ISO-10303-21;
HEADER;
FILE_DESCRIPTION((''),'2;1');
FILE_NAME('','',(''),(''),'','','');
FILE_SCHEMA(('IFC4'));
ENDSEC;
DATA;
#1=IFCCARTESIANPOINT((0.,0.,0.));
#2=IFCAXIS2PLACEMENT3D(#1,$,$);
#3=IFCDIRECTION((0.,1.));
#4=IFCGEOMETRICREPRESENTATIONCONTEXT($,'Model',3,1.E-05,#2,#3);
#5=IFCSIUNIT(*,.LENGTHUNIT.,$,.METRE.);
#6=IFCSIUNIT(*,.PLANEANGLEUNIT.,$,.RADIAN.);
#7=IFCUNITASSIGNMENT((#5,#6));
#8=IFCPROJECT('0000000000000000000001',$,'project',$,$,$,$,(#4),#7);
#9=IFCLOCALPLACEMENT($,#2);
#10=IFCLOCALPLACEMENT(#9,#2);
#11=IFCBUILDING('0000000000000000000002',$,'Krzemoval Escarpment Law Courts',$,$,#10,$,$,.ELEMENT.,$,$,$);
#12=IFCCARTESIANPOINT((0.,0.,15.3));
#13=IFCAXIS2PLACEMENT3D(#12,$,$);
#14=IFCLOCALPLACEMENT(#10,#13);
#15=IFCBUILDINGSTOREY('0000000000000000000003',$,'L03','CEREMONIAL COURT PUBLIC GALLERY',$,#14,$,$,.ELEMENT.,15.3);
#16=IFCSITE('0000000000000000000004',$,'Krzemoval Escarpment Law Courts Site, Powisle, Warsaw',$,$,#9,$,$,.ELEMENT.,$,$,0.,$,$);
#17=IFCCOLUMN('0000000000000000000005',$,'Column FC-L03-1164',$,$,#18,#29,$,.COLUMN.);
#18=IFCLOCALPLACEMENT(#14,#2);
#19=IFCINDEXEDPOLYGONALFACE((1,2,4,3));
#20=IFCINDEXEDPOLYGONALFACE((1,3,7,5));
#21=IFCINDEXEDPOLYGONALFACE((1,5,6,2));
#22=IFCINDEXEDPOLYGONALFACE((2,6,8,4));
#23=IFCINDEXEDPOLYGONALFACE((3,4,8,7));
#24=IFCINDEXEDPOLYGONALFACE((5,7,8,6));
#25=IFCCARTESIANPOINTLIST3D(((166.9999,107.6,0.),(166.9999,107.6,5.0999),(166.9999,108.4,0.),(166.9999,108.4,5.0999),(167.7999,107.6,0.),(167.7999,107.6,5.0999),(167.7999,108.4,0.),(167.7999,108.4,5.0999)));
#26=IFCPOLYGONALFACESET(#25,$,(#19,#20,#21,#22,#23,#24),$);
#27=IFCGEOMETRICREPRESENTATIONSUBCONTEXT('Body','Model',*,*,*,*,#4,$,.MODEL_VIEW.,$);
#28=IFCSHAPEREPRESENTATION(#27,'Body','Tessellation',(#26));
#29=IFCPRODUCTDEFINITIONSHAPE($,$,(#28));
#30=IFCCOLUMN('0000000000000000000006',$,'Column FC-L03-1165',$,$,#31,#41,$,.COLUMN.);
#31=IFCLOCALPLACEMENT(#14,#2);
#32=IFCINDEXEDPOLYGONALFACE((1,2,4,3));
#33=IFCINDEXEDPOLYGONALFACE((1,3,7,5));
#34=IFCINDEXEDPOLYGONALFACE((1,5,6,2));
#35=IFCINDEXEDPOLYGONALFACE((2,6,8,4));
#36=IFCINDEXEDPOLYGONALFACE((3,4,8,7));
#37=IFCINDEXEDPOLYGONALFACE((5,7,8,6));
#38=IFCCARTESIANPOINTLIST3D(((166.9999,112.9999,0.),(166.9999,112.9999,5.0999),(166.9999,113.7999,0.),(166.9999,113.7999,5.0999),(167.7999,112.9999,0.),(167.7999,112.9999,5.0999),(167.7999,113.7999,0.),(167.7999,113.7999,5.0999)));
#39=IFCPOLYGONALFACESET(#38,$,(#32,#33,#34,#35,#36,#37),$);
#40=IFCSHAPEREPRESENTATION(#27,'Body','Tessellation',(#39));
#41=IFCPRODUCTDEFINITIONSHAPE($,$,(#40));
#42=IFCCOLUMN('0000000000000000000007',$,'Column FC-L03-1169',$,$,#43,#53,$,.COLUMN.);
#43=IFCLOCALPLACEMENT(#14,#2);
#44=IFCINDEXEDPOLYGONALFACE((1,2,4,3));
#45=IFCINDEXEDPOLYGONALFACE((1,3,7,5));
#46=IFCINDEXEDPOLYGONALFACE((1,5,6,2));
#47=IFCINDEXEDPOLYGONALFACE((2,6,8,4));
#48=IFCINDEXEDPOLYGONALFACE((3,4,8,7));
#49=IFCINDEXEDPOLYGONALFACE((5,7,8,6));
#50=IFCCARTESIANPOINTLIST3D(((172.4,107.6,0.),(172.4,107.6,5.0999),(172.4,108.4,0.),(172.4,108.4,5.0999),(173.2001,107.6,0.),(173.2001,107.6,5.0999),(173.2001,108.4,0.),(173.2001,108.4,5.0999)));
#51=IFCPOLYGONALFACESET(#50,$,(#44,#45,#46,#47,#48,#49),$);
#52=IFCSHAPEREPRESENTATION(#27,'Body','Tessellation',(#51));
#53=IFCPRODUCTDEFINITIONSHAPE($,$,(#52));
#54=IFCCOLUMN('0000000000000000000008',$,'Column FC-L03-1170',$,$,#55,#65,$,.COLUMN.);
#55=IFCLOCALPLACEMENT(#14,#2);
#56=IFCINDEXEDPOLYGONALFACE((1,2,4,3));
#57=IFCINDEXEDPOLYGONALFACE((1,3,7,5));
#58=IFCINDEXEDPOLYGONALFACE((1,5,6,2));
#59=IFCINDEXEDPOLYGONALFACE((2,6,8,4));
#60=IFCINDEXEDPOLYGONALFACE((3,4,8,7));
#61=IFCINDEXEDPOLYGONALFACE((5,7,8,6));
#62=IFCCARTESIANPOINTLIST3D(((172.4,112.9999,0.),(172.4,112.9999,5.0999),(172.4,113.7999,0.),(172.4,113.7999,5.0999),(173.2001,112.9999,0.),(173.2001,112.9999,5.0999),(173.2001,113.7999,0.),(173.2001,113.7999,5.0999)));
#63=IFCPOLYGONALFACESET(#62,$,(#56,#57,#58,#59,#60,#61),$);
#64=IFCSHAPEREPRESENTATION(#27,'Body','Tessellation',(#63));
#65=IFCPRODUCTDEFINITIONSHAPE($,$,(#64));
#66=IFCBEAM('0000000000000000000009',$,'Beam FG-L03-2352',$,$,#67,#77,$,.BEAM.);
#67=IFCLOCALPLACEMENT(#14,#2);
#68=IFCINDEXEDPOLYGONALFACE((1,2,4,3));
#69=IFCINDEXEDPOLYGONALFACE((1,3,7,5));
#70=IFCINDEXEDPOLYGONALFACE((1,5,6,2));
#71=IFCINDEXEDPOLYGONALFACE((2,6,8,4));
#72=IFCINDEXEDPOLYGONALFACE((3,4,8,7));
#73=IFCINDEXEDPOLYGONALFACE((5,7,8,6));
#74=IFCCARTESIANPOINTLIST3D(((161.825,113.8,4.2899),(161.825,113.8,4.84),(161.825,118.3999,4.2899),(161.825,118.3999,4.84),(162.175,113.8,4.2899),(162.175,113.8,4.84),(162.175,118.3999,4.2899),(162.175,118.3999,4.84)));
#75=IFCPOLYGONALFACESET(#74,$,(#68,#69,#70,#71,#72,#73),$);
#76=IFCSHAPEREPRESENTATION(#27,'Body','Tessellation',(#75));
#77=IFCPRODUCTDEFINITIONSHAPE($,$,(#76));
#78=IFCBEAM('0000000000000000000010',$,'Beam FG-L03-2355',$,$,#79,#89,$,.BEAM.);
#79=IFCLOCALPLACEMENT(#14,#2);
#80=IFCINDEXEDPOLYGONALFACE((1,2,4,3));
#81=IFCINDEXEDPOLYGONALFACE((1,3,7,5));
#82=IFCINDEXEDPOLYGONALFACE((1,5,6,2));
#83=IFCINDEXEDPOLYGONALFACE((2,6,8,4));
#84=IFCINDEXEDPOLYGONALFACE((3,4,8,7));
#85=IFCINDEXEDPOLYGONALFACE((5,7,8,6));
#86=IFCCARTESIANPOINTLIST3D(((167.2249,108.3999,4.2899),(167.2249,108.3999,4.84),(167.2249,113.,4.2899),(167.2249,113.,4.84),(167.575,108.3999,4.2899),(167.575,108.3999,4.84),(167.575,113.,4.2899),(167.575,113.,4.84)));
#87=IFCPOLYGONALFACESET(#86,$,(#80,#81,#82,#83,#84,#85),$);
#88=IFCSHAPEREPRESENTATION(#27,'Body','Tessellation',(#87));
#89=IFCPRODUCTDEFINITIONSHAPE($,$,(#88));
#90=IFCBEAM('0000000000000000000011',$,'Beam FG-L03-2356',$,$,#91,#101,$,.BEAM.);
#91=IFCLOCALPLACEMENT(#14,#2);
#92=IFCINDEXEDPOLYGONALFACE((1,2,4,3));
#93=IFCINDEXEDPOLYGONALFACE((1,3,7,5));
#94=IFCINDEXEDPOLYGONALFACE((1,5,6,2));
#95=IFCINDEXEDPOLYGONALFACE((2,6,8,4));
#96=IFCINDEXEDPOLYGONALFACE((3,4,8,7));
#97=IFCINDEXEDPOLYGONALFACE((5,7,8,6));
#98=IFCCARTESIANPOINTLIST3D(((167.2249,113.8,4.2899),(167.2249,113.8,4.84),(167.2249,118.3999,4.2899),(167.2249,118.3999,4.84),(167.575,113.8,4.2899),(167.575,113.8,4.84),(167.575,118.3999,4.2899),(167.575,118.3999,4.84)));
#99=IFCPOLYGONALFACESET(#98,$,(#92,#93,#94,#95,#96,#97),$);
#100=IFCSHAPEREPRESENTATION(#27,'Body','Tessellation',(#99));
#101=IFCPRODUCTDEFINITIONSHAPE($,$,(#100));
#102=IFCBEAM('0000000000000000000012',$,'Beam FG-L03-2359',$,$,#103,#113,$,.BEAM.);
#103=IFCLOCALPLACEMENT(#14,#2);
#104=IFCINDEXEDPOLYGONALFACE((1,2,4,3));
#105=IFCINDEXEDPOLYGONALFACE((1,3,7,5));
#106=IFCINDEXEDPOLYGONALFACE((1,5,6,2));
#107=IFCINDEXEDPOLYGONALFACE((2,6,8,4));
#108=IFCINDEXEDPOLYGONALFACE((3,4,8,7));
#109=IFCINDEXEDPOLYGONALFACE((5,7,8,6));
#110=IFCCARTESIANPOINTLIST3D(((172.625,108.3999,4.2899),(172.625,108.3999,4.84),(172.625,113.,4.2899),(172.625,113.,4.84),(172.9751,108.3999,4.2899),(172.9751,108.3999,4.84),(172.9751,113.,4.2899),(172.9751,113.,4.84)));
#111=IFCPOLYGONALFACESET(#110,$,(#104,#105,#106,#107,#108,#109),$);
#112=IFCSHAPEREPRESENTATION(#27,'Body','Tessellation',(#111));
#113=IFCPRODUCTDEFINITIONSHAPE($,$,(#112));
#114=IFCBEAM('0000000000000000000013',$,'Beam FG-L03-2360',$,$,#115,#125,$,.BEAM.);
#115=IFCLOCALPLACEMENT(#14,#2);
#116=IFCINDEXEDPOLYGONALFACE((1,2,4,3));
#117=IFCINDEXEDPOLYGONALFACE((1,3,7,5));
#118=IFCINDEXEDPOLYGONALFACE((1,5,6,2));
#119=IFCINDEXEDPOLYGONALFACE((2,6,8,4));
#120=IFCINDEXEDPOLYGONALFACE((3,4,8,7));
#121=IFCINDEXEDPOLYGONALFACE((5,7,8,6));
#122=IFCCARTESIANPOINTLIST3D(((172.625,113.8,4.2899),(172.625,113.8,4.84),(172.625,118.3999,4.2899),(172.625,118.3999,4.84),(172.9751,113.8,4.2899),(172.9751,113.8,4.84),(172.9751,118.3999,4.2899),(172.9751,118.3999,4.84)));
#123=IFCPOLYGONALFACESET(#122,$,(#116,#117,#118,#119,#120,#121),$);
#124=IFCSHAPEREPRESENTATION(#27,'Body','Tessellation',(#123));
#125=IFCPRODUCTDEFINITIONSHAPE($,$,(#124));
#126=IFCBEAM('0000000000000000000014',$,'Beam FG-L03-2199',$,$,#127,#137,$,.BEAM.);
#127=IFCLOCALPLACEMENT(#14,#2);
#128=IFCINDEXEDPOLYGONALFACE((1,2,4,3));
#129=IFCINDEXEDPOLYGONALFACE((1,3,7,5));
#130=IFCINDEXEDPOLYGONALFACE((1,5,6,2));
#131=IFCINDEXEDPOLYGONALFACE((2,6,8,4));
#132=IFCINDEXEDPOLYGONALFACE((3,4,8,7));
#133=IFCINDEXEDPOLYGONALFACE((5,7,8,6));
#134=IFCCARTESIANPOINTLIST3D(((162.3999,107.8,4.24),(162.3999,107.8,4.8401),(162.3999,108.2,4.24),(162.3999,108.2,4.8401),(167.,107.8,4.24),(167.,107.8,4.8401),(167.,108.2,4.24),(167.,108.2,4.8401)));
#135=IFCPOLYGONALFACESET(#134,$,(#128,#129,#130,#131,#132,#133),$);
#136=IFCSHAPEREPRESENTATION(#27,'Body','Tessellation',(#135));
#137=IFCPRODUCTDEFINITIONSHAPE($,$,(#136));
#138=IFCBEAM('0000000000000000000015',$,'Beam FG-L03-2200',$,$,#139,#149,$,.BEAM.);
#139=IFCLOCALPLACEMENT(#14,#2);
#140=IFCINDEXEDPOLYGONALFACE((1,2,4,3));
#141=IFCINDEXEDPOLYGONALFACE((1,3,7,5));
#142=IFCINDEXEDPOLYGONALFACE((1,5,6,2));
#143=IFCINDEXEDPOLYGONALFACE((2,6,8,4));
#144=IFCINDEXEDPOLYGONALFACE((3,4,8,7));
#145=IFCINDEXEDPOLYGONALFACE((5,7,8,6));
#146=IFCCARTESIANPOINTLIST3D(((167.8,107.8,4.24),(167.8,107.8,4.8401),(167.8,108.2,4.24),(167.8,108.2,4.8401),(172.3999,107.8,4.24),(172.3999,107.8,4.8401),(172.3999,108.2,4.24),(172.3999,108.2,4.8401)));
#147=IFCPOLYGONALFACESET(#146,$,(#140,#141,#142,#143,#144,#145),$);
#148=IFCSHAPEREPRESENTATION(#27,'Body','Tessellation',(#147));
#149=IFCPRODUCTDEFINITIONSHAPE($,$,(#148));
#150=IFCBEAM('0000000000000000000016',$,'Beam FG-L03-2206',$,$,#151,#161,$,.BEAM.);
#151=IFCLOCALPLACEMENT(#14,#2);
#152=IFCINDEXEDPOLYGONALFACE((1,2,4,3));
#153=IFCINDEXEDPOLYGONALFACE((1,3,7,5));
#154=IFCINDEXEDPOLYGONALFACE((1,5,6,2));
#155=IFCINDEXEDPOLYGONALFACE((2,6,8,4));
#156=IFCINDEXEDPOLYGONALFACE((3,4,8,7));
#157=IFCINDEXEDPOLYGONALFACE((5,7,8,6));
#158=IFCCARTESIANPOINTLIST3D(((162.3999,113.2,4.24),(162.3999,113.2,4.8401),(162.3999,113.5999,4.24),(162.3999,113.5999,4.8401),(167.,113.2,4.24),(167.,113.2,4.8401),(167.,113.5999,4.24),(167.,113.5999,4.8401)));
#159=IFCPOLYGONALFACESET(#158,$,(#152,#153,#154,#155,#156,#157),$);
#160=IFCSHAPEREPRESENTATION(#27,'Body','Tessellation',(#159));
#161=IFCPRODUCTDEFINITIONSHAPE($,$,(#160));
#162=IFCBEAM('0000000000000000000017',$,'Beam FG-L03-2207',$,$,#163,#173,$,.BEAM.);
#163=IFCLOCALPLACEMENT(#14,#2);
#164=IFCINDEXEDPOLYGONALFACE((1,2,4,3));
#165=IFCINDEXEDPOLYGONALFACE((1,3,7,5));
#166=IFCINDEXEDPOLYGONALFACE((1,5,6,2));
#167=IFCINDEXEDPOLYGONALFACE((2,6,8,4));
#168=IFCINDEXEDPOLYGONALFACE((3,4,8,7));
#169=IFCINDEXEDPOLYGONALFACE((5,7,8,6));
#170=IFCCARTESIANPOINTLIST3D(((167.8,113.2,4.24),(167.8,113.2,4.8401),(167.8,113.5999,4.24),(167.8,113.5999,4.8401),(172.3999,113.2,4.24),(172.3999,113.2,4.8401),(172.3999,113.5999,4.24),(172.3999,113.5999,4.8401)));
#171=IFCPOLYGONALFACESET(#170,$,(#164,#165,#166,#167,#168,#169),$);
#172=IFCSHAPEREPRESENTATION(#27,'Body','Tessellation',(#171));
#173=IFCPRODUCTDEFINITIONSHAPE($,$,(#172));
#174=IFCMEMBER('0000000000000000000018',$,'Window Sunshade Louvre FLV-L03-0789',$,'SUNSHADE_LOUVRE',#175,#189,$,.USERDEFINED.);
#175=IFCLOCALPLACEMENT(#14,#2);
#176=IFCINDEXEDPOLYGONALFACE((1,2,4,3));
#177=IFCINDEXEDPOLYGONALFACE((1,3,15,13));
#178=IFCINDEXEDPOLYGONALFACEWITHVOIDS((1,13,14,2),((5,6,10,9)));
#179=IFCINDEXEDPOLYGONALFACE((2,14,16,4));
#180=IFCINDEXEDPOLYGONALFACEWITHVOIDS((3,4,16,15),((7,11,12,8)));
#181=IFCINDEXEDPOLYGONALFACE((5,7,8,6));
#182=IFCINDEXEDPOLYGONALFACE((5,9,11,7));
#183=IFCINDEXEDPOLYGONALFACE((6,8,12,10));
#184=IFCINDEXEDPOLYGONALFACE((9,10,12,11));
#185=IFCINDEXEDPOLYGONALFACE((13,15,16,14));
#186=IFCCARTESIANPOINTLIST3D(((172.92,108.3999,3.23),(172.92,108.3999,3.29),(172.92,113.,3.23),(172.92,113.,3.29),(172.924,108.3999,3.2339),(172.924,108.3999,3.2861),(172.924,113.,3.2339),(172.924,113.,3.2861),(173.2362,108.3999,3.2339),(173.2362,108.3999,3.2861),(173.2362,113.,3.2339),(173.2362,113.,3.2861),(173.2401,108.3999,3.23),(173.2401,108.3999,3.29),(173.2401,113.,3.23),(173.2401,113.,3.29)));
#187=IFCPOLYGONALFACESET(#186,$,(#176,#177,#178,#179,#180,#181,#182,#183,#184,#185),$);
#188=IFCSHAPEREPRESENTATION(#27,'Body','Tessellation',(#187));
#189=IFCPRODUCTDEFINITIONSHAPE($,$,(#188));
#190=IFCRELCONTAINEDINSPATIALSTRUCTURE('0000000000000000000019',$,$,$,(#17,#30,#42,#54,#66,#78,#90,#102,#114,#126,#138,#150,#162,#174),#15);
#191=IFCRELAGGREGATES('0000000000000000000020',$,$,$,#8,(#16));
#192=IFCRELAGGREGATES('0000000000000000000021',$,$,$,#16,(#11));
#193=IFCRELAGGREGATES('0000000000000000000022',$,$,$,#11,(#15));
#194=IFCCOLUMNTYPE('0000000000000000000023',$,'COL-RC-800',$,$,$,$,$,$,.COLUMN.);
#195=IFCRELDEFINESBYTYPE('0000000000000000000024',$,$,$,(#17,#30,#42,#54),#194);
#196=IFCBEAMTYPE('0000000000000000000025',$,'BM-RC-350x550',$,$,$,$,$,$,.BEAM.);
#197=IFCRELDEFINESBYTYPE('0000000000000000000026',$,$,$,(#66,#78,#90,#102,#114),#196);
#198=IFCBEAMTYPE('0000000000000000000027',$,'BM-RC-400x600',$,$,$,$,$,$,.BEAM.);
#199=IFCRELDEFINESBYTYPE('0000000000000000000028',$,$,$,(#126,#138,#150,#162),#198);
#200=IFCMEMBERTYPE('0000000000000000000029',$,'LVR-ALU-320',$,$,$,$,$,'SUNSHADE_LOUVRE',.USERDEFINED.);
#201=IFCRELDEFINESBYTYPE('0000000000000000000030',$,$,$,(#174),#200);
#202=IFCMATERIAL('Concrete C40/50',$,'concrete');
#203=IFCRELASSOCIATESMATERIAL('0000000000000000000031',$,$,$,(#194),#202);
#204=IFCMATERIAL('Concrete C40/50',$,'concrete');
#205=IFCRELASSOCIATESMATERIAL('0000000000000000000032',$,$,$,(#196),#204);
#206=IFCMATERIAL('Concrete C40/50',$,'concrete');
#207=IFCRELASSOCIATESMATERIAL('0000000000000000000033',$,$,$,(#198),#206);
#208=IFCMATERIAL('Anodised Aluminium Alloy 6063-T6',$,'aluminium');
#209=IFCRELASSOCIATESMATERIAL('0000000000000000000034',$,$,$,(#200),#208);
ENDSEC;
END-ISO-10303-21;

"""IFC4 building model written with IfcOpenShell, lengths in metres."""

from ifc_helpers import new_model, si_unit, direction, frame, origin, origin_2d, place, context, subcontext, project, spatial, rectangle, hollow_rectangle, extrude, material, material_profile, profile_set, type_object, element, save


model = new_model("IFC4")

# Units and contexts
model_context = context("Model", 3, precision=1e-05, world=origin(), true_north=direction((0.0, 1.0)))
body_context = subcontext(model_context, "Body", "Model", "MODEL_VIEW")
ifc_project = project(units=[si_unit("LENGTHUNIT", "METRE"), si_unit("PLANEANGLEUNIT", "RADIAN")], contexts=[model_context])

# Site, building, storey
site_placement = place(None, origin())
site = spatial("IfcSite", under=ifc_project, at=site_placement, Name="Krzemoval Escarpment Law Courts Site, Powisle, Warsaw", CompositionType="ELEMENT", RefElevation=0.0)
building_placement = place(site_placement, origin())
building = spatial("IfcBuilding", under=site, at=building_placement, Name="Krzemoval Escarpment Law Courts", CompositionType="ELEMENT")
storey_placement = place(building_placement, frame((0.0, 0.0, 15.3)))
storey = spatial("IfcBuildingStorey", under=building, at=storey_placement, Name="L03", Description="CEREMONIAL COURT PUBLIC GALLERY", CompositionType="ELEMENT", Elevation=15.3)

# Columns
ifc_material_1 = material(Name="Concrete C40/50", Category="concrete")
ifc_material_profile_1 = material_profile(ifc_material_1, rectangle(XDim=0.8, YDim=0.8, at=origin_2d()), Name="RC 800x800")
ifc_profile_set_1 = profile_set([ifc_material_profile_1], Name="Concrete C40/50")
column_type = type_object("IfcColumnType", Name="COL-RC-800", PredefinedType="COLUMN", material=ifc_profile_set_1)
for number, where, z_axis, x_axis, name in (
    (1, (167.3999, 108.0, 0.0), (0.0, 0.0, 1.0), (1.0, 0.0, 0.0), "Column FC-L03-1164"),
    (2, (167.3999, 113.3999, 0.0), (0.0, 0.0, 1.0), (1.0, 0.0, 0.0), "Column FC-L03-1165"),
    (3, (172.8, 108.0, 0.0), (0.0, 0.0, 1.0), (1.0, 0.0, 0.0), "Column FC-L03-1169"),
    (4, (172.8, 113.3999, 0.0), (0.0, 0.0, 1.0), (1.0, 0.0, 0.0), "Column FC-L03-1170"),
):
    element("IfcColumn", number, at=place(storey_placement, frame(where, z_axis=z_axis, x_axis=x_axis)), inside=storey, type_object=column_type, Name=name, PredefinedType="COLUMN", context=body_context, shape_type="SweptSolid", body=[
        extrude(rectangle(XDim=0.8, YDim=0.8, at=origin_2d()), origin(), (0.0, 0.0, 1.0), 5.0999),
    ])

# Beams
ifc_material_2 = material(Name="Concrete C40/50", Category="concrete")
ifc_material_profile_2 = material_profile(ifc_material_2, rectangle(XDim=0.3501, YDim=0.55, at=origin_2d()), Name="RCB 350x550")
ifc_profile_set_2 = profile_set([ifc_material_profile_2], Name="Concrete C40/50")
beam_type_1 = type_object("IfcBeamType", Name="BM-RC-350x550", PredefinedType="BEAM", material=ifc_profile_set_2)
beam_1_placement = place(storey_placement, frame((162.0, 113.8, 4.5649), z_axis=(0.0, 1.0, 0.0), x_axis=(-1.0, 0.0, 0.0)))
element("IfcBeam", 5, at=beam_1_placement, inside=storey, type_object=beam_type_1, Name="Beam FG-L03-2352", PredefinedType="BEAM", context=body_context, shape_type="SweptSolid", body=[
    extrude(rectangle(XDim=0.3501, YDim=0.55, at=origin_2d()), origin(), (0.0, 0.0, 1.0), 4.5999),
])
beam_2_placement = place(storey_placement, frame((167.3999, 108.3999, 4.5649), z_axis=(0.0, 1.0, 0.0), x_axis=(-1.0, 0.0, 0.0)))
element("IfcBeam", 6, at=beam_2_placement, inside=storey, type_object=beam_type_1, Name="Beam FG-L03-2355", PredefinedType="BEAM", context=body_context, shape_type="SweptSolid", body=[
    extrude(rectangle(XDim=0.3501, YDim=0.55, at=origin_2d()), origin(), (0.0, 0.0, 1.0), 4.6001),
])
beam_3_placement = place(storey_placement, frame((167.3999, 113.8, 4.5649), z_axis=(0.0, 1.0, 0.0), x_axis=(-1.0, 0.0, 0.0)))
element("IfcBeam", 7, at=beam_3_placement, inside=storey, type_object=beam_type_1, Name="Beam FG-L03-2356", PredefinedType="BEAM", context=body_context, shape_type="SweptSolid", body=[
    extrude(rectangle(XDim=0.3501, YDim=0.55, at=origin_2d()), origin(), (0.0, 0.0, 1.0), 4.5999),
])
beam_4_placement = place(storey_placement, frame((172.8, 108.3999, 4.5649), z_axis=(0.0, 1.0, 0.0), x_axis=(-1.0, 0.0, 0.0)))
element("IfcBeam", 8, at=beam_4_placement, inside=storey, type_object=beam_type_1, Name="Beam FG-L03-2359", PredefinedType="BEAM", context=body_context, shape_type="SweptSolid", body=[
    extrude(rectangle(XDim=0.3501, YDim=0.55, at=origin_2d()), origin(), (0.0, 0.0, 1.0), 4.6001),
])
beam_5_placement = place(storey_placement, frame((172.8, 113.8, 4.5649), z_axis=(0.0, 1.0, 0.0), x_axis=(-1.0, 0.0, 0.0)))
element("IfcBeam", 9, at=beam_5_placement, inside=storey, type_object=beam_type_1, Name="Beam FG-L03-2360", PredefinedType="BEAM", context=body_context, shape_type="SweptSolid", body=[
    extrude(rectangle(XDim=0.3501, YDim=0.55, at=origin_2d()), origin(), (0.0, 0.0, 1.0), 4.5999),
])
ifc_material_3 = material(Name="Concrete C40/50", Category="concrete")
ifc_material_profile_3 = material_profile(ifc_material_3, rectangle(XDim=0.3999, YDim=0.6001, at=origin_2d()), Name="RCB 400x600")
ifc_profile_set_3 = profile_set([ifc_material_profile_3], Name="Concrete C40/50")
beam_type_2 = type_object("IfcBeamType", Name="BM-RC-400x600", PredefinedType="BEAM", material=ifc_profile_set_3)
beam_6_placement = place(storey_placement, frame((162.3999, 108.0, 4.54), z_axis=(1.0, 0.0, 0.0), x_axis=(0.0, 1.0, 0.0)))
element("IfcBeam", 10, at=beam_6_placement, inside=storey, type_object=beam_type_2, Name="Beam FG-L03-2199", PredefinedType="BEAM", context=body_context, shape_type="SweptSolid", body=[
    extrude(rectangle(XDim=0.3999, YDim=0.6001, at=origin_2d()), origin(), (0.0, 0.0, 1.0), 4.6001),
])
beam_7_placement = place(storey_placement, frame((167.8, 108.0, 4.54), z_axis=(1.0, 0.0, 0.0), x_axis=(0.0, 1.0, 0.0)))
element("IfcBeam", 11, at=beam_7_placement, inside=storey, type_object=beam_type_2, Name="Beam FG-L03-2200", PredefinedType="BEAM", context=body_context, shape_type="SweptSolid", body=[
    extrude(rectangle(XDim=0.3999, YDim=0.6001, at=origin_2d()), origin(), (0.0, 0.0, 1.0), 4.5999),
])
beam_8_placement = place(storey_placement, frame((162.3999, 113.3999, 4.54), z_axis=(1.0, 0.0, 0.0), x_axis=(0.0, 1.0, 0.0)))
element("IfcBeam", 12, at=beam_8_placement, inside=storey, type_object=beam_type_2, Name="Beam FG-L03-2206", PredefinedType="BEAM", context=body_context, shape_type="SweptSolid", body=[
    extrude(rectangle(XDim=0.3999, YDim=0.6001, at=origin_2d()), origin(), (0.0, 0.0, 1.0), 4.6001),
])
beam_9_placement = place(storey_placement, frame((167.8, 113.3999, 4.54), z_axis=(1.0, 0.0, 0.0), x_axis=(0.0, 1.0, 0.0)))
element("IfcBeam", 13, at=beam_9_placement, inside=storey, type_object=beam_type_2, Name="Beam FG-L03-2207", PredefinedType="BEAM", context=body_context, shape_type="SweptSolid", body=[
    extrude(rectangle(XDim=0.3999, YDim=0.6001, at=origin_2d()), origin(), (0.0, 0.0, 1.0), 4.5999),
])

# Member
ifc_material_4 = material(Name="Anodised Aluminium Alloy 6063-T6", Category="aluminium")
ifc_material_profile_4 = material_profile(ifc_material_4, hollow_rectangle(XDim=0.0601, YDim=0.3201, WallThickness=0.0039, at=origin_2d()), Name="ALU LVR 60x320")
ifc_profile_set_4 = profile_set([ifc_material_profile_4], Name="Anodised Aluminium Alloy 6063-T6")
member_type = type_object("IfcMemberType", Name="LVR-ALU-320", ElementType="SUNSHADE_LOUVRE", PredefinedType="USERDEFINED", material=ifc_profile_set_4)
member_1_placement = place(storey_placement, frame((173.0801, 113.0, 3.26), z_axis=(0.0, -1.0, 0.0), x_axis=(0.0, 0.0, 1.0)))
element("IfcMember", 14, at=member_1_placement, inside=storey, type_object=member_type, Name="Window Sunshade Louvre FLV-L03-0789", ObjectType="SUNSHADE_LOUVRE", PredefinedType="USERDEFINED", context=body_context, shape_type="SweptSolid", body=[
    extrude(hollow_rectangle(XDim=0.0601, YDim=0.3201, WallThickness=0.0039, at=origin_2d()), origin(), (0.0, 0.0, 1.0), 4.6001),
])

save(model, "model.ifc")
